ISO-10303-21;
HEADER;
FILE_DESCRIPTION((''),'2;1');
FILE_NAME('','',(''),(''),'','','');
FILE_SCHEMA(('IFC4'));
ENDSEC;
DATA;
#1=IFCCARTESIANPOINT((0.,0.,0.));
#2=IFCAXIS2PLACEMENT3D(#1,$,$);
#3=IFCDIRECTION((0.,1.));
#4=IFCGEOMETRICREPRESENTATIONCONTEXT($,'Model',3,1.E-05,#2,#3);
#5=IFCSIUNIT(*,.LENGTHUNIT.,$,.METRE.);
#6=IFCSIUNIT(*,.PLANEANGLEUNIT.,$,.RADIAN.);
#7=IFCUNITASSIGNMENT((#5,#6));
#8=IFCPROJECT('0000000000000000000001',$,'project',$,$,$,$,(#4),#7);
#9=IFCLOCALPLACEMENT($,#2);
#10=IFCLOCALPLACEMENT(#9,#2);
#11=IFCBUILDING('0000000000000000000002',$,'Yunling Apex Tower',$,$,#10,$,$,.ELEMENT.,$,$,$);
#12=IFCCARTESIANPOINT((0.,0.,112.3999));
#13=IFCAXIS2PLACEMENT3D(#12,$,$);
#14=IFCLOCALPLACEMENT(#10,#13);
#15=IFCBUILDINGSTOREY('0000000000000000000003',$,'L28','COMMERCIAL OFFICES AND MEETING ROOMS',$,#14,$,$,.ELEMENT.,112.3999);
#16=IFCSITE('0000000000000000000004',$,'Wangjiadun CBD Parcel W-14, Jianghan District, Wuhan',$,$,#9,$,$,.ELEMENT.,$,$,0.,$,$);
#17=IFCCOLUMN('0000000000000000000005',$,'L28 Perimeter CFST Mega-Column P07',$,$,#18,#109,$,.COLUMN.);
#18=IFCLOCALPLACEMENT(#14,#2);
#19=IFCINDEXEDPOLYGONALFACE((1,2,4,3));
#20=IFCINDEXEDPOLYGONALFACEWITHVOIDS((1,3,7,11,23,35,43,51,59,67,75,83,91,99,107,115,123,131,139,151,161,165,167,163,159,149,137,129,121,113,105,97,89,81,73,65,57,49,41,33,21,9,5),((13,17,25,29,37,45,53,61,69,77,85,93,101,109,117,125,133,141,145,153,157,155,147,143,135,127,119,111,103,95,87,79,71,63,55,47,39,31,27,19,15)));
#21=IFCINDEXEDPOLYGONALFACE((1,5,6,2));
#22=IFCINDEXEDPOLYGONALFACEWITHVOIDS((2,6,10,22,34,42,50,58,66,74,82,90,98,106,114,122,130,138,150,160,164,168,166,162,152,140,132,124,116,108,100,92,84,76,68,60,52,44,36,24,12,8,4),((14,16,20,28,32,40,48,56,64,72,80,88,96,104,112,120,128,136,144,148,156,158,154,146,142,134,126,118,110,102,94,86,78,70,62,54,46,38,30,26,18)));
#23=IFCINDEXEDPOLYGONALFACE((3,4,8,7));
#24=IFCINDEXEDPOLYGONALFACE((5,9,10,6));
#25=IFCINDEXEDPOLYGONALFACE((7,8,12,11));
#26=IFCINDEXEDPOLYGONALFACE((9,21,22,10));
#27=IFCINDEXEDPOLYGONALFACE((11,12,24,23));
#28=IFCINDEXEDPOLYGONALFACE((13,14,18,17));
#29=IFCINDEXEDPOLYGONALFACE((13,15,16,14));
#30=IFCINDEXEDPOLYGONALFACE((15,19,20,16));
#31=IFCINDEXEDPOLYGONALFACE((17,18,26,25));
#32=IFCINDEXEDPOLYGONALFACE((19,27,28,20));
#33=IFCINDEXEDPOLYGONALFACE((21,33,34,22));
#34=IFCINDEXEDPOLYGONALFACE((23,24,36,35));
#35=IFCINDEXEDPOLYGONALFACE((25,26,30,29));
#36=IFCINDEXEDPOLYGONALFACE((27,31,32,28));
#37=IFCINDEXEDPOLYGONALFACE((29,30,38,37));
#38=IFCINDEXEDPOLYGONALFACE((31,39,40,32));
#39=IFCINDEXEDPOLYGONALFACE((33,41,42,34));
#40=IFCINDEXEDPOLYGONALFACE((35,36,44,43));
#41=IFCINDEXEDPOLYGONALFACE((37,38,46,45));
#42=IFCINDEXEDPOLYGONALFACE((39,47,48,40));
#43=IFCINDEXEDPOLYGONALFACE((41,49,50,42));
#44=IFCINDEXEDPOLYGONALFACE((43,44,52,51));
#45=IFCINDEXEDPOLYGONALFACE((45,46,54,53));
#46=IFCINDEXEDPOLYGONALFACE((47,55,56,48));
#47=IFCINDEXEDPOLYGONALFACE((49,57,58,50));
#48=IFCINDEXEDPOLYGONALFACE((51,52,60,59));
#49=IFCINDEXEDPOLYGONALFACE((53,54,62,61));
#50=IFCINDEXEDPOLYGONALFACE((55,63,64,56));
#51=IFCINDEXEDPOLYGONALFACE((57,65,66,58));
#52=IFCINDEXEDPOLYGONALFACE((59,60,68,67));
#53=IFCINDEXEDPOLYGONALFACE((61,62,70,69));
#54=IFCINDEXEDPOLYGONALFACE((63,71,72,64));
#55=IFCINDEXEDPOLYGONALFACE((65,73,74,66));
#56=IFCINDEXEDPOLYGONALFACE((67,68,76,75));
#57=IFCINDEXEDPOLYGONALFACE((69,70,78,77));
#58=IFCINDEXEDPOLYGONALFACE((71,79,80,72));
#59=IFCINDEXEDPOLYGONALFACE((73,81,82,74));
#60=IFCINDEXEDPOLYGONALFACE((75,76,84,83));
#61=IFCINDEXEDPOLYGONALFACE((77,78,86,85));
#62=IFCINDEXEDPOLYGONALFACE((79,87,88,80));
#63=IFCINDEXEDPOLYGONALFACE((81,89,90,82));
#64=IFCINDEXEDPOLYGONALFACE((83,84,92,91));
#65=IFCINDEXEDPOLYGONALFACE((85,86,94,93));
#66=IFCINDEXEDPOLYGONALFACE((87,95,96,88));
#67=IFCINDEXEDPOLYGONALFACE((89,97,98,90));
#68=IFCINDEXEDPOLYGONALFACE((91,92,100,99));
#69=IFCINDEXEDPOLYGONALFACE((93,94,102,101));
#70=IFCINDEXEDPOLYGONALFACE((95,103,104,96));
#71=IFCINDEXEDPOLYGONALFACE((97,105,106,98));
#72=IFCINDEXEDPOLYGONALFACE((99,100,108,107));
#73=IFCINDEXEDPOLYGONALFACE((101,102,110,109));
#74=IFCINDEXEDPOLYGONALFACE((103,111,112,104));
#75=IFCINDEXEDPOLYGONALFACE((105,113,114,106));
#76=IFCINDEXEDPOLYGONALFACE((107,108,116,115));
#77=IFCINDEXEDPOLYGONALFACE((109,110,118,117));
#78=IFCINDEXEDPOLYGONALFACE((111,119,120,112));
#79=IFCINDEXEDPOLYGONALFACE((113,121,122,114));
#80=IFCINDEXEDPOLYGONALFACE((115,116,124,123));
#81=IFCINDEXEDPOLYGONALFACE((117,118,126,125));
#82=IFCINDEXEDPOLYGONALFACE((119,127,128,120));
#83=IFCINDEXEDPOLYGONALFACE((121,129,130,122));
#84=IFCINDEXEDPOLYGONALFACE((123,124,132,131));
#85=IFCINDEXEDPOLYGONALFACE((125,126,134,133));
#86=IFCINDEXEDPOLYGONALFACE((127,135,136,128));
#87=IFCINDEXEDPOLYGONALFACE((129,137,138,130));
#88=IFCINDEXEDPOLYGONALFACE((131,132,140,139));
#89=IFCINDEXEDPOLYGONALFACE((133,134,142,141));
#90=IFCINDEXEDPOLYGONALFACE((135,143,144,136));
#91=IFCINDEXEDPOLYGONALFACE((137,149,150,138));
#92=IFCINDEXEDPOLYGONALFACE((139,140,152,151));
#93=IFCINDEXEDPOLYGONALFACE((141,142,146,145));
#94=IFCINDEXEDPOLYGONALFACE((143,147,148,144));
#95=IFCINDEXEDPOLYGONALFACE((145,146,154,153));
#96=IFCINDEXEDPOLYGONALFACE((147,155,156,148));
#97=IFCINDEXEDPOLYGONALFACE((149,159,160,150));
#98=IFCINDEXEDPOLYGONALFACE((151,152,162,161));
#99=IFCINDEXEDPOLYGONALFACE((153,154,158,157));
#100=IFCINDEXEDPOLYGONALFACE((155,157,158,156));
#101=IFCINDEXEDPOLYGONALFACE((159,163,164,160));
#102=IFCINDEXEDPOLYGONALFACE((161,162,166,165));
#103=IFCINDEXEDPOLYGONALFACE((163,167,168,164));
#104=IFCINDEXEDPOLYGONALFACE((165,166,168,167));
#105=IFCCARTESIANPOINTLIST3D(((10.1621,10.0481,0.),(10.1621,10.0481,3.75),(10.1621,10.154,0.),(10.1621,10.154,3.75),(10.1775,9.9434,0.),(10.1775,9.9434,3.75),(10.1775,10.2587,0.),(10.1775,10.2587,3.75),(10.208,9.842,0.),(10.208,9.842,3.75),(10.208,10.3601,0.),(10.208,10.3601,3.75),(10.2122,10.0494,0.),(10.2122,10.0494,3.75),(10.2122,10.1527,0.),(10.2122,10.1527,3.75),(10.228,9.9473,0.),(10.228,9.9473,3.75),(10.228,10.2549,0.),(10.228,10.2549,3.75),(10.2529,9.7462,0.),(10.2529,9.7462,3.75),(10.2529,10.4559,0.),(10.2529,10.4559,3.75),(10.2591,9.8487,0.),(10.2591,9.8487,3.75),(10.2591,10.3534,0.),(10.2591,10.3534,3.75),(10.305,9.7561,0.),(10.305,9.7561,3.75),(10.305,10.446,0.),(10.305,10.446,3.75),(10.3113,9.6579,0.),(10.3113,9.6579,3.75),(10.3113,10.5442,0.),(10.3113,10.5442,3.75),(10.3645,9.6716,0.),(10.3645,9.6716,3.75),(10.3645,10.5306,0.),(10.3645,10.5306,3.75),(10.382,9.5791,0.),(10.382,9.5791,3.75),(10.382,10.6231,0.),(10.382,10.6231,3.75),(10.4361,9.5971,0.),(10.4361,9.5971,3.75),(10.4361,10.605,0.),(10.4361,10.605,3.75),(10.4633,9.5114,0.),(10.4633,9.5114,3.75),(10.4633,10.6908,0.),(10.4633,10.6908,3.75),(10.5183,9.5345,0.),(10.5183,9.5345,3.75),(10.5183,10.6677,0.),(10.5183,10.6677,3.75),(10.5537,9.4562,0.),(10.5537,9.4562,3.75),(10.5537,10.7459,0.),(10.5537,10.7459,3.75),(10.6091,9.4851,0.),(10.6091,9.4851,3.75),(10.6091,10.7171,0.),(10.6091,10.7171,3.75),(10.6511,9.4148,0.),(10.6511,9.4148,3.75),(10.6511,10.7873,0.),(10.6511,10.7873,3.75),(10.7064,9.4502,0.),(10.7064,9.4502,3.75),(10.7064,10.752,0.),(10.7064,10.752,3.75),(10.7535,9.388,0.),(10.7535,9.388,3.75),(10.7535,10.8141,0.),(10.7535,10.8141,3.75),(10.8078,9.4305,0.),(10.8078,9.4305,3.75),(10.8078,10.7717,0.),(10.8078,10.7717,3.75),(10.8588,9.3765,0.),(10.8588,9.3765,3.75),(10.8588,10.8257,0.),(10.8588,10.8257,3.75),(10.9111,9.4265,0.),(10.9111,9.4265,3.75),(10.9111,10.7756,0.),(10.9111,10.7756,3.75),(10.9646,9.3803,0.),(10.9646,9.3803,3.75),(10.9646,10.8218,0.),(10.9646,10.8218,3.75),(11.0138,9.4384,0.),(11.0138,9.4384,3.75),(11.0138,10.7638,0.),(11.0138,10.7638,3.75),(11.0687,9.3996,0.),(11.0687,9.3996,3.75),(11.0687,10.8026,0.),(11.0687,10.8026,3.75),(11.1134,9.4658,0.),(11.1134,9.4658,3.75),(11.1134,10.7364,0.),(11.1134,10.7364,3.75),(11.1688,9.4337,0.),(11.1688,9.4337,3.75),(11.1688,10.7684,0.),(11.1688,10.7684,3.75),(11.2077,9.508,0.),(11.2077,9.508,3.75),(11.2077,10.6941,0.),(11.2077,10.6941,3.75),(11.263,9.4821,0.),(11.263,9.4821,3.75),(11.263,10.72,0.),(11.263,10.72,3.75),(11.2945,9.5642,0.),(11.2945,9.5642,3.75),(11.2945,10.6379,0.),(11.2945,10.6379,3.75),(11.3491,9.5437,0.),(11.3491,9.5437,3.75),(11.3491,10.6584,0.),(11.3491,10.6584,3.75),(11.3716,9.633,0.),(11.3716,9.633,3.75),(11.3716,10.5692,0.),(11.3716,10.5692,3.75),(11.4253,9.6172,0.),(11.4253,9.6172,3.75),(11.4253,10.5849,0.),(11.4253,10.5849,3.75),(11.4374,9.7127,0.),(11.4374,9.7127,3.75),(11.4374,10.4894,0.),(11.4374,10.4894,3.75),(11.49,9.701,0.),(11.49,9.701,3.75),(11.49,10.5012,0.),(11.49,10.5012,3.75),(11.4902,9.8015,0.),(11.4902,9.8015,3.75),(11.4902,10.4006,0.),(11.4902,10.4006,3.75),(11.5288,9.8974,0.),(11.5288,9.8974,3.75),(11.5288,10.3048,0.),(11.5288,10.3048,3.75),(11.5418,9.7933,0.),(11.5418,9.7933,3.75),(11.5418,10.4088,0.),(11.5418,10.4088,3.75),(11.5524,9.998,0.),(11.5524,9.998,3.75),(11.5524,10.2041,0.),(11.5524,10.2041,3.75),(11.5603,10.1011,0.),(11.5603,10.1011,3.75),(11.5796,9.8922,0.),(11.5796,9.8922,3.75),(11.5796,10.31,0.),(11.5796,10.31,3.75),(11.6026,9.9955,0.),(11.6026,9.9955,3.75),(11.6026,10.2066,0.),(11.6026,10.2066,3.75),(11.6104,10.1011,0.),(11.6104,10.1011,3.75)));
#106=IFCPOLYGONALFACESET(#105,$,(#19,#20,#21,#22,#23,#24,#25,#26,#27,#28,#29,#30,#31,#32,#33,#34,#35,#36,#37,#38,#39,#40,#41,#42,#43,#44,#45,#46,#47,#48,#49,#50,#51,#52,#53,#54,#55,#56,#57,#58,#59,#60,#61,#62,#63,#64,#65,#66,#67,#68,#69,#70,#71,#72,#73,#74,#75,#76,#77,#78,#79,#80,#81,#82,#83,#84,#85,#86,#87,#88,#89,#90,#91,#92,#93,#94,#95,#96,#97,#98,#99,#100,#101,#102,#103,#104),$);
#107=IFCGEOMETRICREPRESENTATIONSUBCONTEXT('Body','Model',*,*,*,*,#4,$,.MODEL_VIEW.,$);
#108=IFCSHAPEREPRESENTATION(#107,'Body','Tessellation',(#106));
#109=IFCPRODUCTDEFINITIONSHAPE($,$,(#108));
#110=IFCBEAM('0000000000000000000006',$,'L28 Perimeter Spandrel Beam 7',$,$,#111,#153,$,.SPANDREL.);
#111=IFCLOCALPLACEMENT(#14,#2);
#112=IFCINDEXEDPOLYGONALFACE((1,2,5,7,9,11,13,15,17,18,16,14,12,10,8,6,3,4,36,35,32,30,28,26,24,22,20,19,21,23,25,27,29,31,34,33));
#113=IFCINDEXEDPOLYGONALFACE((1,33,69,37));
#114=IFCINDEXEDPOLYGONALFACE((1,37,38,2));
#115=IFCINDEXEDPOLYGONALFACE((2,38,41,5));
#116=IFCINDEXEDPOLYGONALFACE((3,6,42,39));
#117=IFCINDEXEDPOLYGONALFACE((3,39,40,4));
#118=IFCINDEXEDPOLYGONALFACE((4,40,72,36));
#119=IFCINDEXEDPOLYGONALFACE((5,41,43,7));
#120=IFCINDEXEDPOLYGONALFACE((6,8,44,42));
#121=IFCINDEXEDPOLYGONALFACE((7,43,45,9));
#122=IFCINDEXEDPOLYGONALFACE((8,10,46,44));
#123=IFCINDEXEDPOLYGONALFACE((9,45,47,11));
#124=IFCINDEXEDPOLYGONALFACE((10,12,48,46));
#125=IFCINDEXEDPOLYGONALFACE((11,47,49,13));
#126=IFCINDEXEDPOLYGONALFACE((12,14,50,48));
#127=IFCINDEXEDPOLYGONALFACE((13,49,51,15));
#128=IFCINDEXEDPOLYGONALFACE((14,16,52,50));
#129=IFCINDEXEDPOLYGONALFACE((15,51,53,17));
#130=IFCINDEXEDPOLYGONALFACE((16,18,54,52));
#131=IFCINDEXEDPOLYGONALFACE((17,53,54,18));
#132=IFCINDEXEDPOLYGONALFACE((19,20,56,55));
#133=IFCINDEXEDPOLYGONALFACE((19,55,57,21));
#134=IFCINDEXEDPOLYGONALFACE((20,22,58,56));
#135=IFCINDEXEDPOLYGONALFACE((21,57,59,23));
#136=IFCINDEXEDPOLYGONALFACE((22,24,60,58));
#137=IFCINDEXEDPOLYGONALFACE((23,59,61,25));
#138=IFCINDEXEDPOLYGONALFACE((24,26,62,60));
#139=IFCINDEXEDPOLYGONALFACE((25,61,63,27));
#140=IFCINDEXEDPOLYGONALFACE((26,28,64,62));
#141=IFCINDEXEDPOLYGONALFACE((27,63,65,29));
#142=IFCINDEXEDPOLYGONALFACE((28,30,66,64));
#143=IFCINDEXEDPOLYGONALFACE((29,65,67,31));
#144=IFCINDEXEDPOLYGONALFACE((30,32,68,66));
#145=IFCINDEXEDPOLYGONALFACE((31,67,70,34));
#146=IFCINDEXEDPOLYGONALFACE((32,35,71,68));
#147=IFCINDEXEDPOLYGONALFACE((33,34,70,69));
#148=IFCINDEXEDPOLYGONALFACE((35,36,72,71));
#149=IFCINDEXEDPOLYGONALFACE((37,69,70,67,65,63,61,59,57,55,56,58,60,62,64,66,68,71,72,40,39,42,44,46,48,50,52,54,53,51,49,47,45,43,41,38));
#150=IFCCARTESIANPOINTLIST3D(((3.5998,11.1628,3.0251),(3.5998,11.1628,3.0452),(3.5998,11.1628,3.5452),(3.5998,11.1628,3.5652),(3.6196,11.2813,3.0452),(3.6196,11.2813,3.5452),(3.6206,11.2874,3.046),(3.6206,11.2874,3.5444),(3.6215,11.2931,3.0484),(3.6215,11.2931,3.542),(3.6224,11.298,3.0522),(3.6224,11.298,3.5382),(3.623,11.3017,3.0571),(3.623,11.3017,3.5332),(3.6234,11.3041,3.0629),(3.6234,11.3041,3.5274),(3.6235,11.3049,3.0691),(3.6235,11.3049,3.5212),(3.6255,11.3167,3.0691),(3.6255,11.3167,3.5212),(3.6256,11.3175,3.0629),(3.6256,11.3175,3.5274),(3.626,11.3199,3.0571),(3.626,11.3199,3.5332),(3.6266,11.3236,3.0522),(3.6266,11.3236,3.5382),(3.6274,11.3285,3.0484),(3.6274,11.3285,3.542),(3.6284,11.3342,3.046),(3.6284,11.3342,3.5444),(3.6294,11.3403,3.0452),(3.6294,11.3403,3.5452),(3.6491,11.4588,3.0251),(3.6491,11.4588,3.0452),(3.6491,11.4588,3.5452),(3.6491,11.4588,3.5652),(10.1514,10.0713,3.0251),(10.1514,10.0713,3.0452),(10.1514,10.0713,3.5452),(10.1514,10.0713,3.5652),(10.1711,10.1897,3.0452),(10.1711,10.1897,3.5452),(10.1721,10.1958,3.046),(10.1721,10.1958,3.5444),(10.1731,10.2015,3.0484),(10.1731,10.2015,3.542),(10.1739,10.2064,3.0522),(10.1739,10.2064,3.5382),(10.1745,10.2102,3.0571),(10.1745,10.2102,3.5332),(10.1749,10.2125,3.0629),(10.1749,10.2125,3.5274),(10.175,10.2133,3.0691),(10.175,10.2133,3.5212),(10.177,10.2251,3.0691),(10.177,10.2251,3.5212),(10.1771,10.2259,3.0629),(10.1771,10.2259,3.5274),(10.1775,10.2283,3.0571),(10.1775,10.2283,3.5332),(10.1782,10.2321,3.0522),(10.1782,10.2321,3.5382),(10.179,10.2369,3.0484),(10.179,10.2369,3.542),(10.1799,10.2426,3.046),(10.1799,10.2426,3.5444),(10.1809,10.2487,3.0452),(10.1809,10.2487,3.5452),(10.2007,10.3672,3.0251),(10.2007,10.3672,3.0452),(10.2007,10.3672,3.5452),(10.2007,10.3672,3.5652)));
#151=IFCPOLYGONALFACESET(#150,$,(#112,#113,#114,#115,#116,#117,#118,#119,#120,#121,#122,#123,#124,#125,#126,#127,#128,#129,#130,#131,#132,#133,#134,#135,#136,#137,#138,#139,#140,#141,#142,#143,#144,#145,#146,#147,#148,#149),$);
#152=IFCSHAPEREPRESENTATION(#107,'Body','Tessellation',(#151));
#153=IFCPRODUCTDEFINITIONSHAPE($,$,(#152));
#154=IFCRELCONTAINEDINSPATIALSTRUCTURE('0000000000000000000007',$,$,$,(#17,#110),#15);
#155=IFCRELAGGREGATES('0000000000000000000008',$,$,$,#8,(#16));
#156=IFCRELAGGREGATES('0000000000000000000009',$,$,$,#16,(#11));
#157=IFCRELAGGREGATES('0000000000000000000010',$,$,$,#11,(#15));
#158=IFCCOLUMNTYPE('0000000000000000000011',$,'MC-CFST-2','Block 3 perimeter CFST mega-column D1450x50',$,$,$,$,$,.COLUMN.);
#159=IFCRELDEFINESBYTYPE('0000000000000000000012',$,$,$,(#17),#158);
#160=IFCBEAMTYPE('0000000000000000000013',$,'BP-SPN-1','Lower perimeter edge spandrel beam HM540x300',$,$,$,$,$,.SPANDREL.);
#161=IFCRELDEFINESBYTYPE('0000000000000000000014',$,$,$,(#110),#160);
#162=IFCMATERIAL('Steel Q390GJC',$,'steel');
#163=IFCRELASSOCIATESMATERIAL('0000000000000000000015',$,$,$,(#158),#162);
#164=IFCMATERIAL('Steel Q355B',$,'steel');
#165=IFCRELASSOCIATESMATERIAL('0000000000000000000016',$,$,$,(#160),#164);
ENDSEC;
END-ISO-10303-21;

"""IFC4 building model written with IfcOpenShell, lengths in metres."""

from ifc_helpers import new_model, si_unit, direction, frame, origin, origin_2d, place, context, subcontext, project, spatial, hollow_circle, i_section, extrude, source, transform, mapped, material, material_profile, profile_set, type_object, element, save


model = new_model("IFC4")

# Units and contexts
model_context = context("Model", 3, precision=1e-05, world=origin(), true_north=direction((0.0, 1.0)))
body_context = subcontext(model_context, "Body", "Model", "MODEL_VIEW")
ifc_project = project(units=[si_unit("LENGTHUNIT", "METRE"), si_unit("PLANEANGLEUNIT", "RADIAN")], contexts=[model_context])

# Site, building, storey
site_placement = place(None, origin())
site = spatial("IfcSite", under=ifc_project, at=site_placement, Name="Wangjiadun CBD Parcel W-14, Jianghan District, Wuhan", CompositionType="ELEMENT", RefElevation=0.0)
building_placement = place(site_placement, origin())
building = spatial("IfcBuilding", under=site, at=building_placement, Name="Yunling Apex Tower", CompositionType="ELEMENT")
storey_placement = place(building_placement, frame((0.0, 0.0, 112.3999)))
storey = spatial("IfcBuildingStorey", under=building, at=storey_placement, Name="L28", Description="COMMERCIAL OFFICES AND MEETING ROOMS", CompositionType="ELEMENT", Elevation=112.3999)

# Column
ifc_material_1 = material(Name="Steel Q390GJC", Category="steel")
ifc_material_profile_1 = material_profile(ifc_material_1, hollow_circle(Radius=0.7251, WallThickness=0.05, at=origin_2d()))
ifc_profile_set_1 = profile_set([ifc_material_profile_1], Name="Steel Q390GJC")
column_type = type_object("IfcColumnType", Name="MC-CFST-2", Description="Block 3 perimeter CFST mega-column D1450x50", PredefinedType="COLUMN", material=ifc_profile_set_1)
shared_shape_1 = source(origin(), body_context, "Body", "SweptSolid", [
    extrude(hollow_circle(Radius=0.7251, WallThickness=0.05, at=origin_2d()), origin(), (0.0, 0.0, 1.0), 3.75),
])
column_placement = place(storey_placement, frame((10.8853, 10.1011, 0.0), z_axis=(0.0, 0.0, 1.0), x_axis=(1.0, 0.0, 0.0)))
element("IfcColumn", 1, at=column_placement, inside=storey, type_object=column_type, Name="L28 Perimeter CFST Mega-Column P07", PredefinedType="COLUMN", context=body_context, shape_type="MappedRepresentation", body=[
    mapped(shared_shape_1, transform((0.0, 0.0, 0.0), scale=1.0)),
])

# Beam
ifc_material_2 = material(Name="Steel Q355B", Category="steel")
ifc_material_profile_2 = material_profile(ifc_material_2, i_section(OverallWidth=0.3, OverallDepth=0.54, WebThickness=0.012, FlangeThickness=0.02, FilletRadius=0.0239, at=origin_2d()))
ifc_profile_set_2 = profile_set([ifc_material_profile_2], Name="Steel Q355B")
beam_type_1 = type_object("IfcBeamType", Name="BP-SPN-1", Description="Lower perimeter edge spandrel beam HM540x300", PredefinedType="SPANDREL", material=ifc_profile_set_2)
shared_shape_2 = source(origin(), body_context, "Body", "SweptSolid", [
    extrude(i_section(OverallWidth=0.3, OverallDepth=0.54, WebThickness=0.012, FlangeThickness=0.02, FilletRadius=0.0239, at=origin_2d()), origin(), (0.0, 0.0, 1.0), 6.6418),
])
beam_1_placement = place(storey_placement, frame((10.176, 10.2192, 3.2952), z_axis=(-0.986403, 0.164345, 0.0), x_axis=(-0.164345, -0.986403, 0.0)))
element("IfcBeam", 2, at=beam_1_placement, inside=storey, type_object=beam_type_1, Name="L28 Perimeter Spandrel Beam 7", PredefinedType="SPANDREL", context=body_context, shape_type="MappedRepresentation", body=[
    mapped(shared_shape_2, transform((0.0, 0.0, 0.0), scale=1.0)),
])

save(model, "model.ifc")
